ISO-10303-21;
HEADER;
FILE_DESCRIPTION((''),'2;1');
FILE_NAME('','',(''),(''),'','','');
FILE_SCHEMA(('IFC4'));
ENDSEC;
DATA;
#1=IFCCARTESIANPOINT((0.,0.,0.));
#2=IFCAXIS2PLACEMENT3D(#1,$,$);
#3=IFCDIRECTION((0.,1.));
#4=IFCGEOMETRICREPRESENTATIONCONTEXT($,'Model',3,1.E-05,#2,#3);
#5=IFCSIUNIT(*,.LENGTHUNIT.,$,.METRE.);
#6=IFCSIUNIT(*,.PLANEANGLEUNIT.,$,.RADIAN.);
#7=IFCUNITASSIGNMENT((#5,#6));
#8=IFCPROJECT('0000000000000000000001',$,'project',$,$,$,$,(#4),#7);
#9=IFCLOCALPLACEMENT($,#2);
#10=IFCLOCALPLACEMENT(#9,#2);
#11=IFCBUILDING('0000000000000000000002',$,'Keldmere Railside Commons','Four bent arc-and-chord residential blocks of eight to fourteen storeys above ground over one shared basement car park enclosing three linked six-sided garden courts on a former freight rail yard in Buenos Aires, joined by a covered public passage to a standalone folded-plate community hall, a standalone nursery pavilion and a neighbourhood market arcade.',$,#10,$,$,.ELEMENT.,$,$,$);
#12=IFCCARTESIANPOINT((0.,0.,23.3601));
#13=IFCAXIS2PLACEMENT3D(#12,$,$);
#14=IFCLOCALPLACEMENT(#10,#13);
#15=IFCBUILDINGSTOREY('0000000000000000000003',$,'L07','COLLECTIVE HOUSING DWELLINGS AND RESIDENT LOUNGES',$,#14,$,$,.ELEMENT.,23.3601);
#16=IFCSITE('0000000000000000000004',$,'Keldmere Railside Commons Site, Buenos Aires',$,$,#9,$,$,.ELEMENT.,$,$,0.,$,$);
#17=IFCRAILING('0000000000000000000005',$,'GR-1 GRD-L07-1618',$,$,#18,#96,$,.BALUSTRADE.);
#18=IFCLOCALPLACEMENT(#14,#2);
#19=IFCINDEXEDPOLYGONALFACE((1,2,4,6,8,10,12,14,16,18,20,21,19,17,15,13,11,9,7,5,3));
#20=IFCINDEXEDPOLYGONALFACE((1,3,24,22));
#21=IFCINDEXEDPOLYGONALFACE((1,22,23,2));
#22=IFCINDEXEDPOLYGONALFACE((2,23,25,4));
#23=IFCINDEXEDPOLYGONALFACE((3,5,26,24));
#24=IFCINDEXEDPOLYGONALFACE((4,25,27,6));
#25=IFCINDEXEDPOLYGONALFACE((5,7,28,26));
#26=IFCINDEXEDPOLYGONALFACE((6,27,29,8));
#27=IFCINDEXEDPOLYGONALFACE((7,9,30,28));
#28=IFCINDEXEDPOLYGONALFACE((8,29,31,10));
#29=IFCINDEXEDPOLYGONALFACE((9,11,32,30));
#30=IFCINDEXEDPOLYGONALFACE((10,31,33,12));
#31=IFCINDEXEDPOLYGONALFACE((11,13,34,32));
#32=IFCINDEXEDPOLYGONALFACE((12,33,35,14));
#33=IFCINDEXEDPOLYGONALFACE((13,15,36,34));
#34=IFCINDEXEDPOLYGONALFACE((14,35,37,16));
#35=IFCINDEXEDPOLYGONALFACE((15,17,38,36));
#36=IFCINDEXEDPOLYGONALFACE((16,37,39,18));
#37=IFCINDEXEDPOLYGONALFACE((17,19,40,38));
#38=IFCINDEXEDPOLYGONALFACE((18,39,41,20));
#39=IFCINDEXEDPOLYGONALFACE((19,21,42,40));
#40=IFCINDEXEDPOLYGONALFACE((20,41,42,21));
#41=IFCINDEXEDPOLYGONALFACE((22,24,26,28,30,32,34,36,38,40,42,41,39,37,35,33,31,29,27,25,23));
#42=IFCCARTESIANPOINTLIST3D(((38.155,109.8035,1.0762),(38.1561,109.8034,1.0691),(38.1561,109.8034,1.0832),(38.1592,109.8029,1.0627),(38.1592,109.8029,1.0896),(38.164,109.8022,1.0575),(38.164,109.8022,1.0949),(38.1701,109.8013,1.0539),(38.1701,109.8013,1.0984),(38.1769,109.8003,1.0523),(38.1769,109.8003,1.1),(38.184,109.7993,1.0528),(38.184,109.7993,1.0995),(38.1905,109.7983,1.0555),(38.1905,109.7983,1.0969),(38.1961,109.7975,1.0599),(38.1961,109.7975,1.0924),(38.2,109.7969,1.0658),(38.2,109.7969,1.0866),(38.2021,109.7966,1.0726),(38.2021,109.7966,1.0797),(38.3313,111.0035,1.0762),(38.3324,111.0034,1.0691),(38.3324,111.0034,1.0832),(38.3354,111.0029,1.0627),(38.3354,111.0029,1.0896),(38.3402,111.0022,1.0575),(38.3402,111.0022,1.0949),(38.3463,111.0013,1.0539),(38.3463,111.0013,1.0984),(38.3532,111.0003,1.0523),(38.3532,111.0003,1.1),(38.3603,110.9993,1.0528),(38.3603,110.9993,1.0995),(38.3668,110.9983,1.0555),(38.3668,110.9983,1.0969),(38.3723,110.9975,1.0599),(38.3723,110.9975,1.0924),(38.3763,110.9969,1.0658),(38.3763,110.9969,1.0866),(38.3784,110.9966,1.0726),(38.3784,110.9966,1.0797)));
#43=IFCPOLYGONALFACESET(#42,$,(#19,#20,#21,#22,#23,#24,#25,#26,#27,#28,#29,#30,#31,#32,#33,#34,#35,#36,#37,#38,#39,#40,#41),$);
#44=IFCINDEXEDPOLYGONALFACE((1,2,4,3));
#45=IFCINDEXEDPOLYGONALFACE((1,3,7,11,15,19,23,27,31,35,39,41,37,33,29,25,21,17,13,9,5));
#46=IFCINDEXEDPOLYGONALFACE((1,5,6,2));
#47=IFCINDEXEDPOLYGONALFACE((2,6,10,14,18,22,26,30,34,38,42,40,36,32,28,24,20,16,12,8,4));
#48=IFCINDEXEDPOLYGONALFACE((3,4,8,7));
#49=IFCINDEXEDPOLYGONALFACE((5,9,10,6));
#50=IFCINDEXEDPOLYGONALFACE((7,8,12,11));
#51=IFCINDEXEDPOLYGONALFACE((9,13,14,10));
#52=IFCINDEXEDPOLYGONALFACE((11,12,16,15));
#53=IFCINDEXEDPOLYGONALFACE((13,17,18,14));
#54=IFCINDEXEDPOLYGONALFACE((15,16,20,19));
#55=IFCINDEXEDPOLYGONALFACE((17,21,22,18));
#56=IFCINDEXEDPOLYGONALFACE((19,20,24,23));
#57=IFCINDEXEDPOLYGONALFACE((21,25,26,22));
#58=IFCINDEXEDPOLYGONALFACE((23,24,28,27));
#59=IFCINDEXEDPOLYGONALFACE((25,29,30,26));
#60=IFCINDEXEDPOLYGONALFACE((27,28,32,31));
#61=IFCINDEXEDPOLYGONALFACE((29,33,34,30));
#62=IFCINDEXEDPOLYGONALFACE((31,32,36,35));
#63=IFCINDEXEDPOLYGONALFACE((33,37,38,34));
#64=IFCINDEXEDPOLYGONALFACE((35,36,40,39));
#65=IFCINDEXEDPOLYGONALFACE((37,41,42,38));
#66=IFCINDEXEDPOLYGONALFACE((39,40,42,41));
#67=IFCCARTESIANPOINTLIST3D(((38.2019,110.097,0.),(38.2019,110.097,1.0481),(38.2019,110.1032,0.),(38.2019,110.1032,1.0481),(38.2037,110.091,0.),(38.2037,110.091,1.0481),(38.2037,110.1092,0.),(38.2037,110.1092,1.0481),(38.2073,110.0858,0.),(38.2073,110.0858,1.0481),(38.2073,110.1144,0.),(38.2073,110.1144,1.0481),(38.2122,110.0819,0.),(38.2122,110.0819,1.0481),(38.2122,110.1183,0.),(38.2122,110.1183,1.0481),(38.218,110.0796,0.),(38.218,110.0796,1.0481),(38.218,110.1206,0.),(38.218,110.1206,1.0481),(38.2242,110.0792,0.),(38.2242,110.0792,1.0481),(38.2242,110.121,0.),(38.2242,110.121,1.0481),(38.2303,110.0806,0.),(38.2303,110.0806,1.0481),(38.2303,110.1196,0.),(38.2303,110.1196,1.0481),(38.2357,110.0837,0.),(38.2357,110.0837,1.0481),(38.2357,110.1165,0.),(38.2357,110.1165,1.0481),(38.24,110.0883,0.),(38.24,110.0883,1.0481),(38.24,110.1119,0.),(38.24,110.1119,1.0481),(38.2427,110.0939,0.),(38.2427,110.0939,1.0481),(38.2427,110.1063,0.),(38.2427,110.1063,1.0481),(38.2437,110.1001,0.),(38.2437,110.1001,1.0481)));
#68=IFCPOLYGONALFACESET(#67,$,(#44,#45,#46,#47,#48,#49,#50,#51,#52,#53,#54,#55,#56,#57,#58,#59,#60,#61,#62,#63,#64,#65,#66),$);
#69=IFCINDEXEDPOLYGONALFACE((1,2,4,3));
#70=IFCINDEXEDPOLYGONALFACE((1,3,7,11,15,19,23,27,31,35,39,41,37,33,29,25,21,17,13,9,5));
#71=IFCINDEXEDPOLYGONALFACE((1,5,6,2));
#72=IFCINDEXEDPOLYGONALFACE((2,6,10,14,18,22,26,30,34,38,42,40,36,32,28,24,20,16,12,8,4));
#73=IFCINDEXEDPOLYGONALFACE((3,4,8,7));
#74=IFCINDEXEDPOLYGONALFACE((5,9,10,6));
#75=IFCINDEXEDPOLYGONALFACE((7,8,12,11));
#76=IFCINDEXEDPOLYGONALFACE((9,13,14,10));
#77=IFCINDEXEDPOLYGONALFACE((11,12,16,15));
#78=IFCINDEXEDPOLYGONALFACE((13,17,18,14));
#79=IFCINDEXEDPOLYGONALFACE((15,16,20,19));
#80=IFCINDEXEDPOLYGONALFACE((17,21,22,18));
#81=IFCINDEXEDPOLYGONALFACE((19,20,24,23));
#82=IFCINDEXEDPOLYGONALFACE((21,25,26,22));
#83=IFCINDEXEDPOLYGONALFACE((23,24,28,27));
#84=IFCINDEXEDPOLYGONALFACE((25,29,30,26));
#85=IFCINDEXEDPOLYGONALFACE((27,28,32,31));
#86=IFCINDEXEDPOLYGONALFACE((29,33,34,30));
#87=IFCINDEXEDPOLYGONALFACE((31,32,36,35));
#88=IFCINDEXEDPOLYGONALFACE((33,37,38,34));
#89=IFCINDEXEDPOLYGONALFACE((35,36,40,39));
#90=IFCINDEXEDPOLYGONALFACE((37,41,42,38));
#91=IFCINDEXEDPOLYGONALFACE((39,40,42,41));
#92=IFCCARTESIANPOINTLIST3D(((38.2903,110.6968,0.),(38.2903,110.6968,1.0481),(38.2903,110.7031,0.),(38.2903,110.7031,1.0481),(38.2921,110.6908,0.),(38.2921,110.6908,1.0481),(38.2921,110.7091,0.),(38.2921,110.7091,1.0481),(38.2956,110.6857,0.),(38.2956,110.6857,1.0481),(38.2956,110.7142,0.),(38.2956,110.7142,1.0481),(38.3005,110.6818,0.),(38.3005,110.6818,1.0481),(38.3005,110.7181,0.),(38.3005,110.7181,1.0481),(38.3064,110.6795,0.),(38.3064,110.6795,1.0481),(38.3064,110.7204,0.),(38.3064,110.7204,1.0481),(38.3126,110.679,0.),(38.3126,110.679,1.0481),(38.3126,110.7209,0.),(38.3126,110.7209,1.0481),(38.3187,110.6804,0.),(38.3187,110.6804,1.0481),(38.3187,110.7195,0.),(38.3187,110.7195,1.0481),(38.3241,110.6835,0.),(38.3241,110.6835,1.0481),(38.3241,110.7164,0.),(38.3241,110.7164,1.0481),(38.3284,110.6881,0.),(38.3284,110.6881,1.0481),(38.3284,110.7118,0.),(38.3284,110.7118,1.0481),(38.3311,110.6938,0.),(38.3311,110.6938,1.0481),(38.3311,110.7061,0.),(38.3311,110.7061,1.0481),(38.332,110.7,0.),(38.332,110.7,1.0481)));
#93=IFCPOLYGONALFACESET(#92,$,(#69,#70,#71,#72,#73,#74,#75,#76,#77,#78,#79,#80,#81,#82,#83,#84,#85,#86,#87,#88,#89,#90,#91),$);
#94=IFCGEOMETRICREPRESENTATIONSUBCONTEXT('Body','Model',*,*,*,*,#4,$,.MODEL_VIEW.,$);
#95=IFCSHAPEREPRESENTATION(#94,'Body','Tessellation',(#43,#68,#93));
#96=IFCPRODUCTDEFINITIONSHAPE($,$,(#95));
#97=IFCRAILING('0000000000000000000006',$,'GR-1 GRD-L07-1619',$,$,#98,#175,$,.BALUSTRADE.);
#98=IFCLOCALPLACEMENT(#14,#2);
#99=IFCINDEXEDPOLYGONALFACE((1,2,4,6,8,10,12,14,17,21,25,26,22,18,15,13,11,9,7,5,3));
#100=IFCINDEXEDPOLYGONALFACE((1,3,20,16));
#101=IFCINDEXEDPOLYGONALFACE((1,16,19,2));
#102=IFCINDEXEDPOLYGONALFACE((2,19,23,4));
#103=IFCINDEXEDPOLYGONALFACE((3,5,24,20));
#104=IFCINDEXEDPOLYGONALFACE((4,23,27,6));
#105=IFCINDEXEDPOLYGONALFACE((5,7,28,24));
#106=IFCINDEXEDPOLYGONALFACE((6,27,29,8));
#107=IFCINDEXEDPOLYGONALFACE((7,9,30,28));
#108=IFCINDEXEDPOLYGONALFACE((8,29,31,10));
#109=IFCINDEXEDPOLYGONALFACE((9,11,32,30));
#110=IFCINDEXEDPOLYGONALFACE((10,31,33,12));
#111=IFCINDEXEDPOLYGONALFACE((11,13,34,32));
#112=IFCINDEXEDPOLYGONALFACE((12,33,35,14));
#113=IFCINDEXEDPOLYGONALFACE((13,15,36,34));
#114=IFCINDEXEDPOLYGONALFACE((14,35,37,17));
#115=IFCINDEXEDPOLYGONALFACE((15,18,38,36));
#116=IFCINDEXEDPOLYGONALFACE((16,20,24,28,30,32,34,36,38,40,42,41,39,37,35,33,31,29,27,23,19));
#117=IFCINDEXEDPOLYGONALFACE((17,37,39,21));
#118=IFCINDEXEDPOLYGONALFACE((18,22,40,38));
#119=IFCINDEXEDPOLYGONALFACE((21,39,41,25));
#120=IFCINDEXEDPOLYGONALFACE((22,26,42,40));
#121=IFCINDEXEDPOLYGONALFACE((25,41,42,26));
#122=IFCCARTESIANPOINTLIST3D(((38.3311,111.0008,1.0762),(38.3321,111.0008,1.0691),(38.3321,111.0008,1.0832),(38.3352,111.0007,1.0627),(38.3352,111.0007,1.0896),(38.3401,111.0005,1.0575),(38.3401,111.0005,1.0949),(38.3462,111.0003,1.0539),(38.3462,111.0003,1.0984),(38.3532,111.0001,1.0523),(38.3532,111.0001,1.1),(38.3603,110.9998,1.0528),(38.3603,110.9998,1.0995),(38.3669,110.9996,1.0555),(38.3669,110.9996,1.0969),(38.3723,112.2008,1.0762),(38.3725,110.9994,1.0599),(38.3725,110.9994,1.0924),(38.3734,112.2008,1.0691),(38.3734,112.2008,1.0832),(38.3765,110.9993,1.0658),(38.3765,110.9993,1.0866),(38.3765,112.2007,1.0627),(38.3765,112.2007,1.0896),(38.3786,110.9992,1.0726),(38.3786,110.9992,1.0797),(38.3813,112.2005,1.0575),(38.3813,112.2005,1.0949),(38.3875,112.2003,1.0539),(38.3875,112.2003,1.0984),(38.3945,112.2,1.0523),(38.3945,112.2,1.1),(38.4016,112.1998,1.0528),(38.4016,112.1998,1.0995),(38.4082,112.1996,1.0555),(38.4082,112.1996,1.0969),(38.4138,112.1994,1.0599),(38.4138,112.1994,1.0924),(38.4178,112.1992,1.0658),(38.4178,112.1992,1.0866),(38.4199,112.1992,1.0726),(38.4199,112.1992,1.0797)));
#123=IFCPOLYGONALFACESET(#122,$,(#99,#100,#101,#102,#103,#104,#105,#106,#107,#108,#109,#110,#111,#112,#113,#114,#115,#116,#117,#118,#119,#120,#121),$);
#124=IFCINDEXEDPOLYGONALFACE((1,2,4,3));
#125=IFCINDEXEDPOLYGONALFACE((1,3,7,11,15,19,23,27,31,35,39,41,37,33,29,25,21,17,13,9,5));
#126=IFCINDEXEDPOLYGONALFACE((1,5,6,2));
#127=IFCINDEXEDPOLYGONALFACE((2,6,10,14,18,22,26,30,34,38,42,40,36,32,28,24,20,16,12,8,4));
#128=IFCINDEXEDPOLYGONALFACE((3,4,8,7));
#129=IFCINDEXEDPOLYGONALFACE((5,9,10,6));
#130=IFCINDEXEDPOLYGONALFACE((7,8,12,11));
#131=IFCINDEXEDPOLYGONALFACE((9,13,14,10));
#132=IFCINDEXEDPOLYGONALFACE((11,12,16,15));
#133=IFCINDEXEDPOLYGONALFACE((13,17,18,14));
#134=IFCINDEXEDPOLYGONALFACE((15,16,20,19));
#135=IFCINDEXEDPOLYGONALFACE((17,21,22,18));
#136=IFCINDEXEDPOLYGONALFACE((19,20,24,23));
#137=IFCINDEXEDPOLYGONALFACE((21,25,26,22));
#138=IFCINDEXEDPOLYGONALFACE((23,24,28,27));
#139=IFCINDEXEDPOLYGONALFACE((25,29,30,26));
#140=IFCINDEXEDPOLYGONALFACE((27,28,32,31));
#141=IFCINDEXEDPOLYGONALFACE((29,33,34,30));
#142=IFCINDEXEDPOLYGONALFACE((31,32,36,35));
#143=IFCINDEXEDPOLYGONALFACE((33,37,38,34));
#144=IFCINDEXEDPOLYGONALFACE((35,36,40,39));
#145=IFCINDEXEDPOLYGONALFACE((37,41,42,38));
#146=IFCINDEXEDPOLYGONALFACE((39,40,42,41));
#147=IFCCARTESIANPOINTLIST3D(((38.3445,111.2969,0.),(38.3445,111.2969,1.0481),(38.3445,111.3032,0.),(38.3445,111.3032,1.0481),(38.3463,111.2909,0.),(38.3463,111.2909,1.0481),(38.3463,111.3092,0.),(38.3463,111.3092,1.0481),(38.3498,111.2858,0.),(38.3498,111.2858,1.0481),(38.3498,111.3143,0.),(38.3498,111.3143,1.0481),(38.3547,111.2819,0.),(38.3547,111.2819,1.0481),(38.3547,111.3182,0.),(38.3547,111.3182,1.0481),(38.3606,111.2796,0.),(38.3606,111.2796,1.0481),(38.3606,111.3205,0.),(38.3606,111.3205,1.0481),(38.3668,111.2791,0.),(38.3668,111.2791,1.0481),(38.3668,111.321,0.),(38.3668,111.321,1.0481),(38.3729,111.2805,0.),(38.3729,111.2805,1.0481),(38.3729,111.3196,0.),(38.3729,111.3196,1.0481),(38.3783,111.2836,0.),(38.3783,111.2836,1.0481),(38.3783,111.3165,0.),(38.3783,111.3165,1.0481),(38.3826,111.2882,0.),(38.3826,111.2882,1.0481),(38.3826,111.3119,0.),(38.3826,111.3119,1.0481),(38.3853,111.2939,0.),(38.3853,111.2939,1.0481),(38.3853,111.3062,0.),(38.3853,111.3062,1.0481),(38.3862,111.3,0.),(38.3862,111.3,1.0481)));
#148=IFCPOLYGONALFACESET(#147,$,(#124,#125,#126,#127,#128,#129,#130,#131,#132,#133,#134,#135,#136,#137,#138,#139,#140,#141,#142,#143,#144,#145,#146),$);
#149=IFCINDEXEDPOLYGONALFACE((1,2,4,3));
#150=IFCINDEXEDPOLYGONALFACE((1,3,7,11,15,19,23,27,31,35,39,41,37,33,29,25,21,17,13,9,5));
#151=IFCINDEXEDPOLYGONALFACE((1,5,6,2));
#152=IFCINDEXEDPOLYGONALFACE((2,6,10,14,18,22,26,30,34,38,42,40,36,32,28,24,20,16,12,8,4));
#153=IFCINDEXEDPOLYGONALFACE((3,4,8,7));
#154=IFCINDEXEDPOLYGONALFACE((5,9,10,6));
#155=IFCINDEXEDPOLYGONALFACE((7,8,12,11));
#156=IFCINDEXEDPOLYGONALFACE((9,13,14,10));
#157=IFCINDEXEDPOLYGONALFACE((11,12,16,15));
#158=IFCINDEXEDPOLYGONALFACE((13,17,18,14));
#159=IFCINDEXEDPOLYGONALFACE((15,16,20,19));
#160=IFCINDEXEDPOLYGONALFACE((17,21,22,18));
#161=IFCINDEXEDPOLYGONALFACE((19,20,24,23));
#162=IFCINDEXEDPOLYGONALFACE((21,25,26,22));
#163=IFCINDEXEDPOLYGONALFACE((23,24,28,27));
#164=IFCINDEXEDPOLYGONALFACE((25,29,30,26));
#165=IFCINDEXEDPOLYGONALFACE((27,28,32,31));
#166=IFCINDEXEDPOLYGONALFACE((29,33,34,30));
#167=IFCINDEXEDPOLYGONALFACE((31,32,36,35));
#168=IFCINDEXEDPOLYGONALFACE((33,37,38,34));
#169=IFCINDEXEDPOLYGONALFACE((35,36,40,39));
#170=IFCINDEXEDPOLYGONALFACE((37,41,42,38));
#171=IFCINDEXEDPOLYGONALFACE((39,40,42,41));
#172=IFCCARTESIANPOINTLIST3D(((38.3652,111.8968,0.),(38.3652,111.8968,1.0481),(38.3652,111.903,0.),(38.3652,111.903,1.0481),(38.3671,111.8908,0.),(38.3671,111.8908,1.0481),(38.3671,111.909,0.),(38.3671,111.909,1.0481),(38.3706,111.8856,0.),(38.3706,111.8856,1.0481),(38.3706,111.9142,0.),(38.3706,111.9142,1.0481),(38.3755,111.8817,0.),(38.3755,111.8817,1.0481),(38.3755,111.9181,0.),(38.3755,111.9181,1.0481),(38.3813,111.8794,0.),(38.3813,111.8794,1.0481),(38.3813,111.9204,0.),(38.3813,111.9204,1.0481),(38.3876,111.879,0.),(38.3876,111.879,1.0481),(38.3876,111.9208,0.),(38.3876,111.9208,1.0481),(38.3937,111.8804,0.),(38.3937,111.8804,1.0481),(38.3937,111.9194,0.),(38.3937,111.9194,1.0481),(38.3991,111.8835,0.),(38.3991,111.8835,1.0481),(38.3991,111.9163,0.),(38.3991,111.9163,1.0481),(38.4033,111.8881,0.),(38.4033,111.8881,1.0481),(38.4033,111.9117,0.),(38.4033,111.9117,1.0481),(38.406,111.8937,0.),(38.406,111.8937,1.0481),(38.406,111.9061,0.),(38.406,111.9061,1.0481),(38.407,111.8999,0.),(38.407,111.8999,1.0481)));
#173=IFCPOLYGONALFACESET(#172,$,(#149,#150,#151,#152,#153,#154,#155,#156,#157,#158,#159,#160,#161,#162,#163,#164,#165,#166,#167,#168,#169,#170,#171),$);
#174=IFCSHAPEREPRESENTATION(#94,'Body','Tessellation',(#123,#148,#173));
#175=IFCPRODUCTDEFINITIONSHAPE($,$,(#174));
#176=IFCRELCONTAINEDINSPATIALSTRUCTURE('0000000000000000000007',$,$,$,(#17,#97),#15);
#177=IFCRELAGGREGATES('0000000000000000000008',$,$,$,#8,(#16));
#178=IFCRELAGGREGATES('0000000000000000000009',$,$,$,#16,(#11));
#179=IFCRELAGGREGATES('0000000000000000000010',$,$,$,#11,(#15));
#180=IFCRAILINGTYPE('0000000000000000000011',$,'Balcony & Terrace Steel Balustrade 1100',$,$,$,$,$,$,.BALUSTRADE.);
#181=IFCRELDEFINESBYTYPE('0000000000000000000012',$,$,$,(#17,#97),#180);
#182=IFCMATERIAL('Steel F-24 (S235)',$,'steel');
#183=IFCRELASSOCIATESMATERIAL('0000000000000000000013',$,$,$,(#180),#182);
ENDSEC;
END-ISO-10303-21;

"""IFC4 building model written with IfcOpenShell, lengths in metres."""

from ifc_helpers import new_model, si_unit, direction, frame, origin, origin_2d, place, context, subcontext, project, spatial, circle, extrude, material, type_object, element, save


model = new_model("IFC4")

# Units and contexts
model_context = context("Model", 3, precision=1e-05, world=origin(), true_north=direction((0.0, 1.0)))
body_context = subcontext(model_context, "Body", "Model", "MODEL_VIEW")
ifc_project = project(units=[si_unit("LENGTHUNIT", "METRE"), si_unit("PLANEANGLEUNIT", "RADIAN")], contexts=[model_context])

# Site, building, storey
site_placement = place(None, origin())
site = spatial("IfcSite", under=ifc_project, at=site_placement, Name="Keldmere Railside Commons Site, Buenos Aires", CompositionType="ELEMENT", RefElevation=0.0)
building_placement = place(site_placement, origin())
building = spatial("IfcBuilding", under=site, at=building_placement, Name="Keldmere Railside Commons", Description="Four bent arc-and-chord residential blocks of eight to fourteen storeys above ground over one shared basement car park enclosing three linked six-sided garden courts on a former freight rail yard in Buenos Aires, joined by a covered public passage to a standalone folded-plate community hall, a standalone nursery pavilion and a neighbourhood market arcade.", CompositionType="ELEMENT")
storey_placement = place(building_placement, frame((0.0, 0.0, 23.3601)))
storey = spatial("IfcBuildingStorey", under=building, at=storey_placement, Name="L07", Description="COLLECTIVE HOUSING DWELLINGS AND RESIDENT LOUNGES", CompositionType="ELEMENT", Elevation=23.3601)

# Railings
ifc_material_1 = material(Name="Steel F-24 (S235)", Category="steel")
railing_type = type_object("IfcRailingType", Name="Balcony & Terrace Steel Balustrade 1100", PredefinedType="BALUSTRADE", material=ifc_material_1)
railing_1_placement = place(storey_placement, frame((38.1787, 109.8, 0.0)))
element("IfcRailing", 1, at=railing_1_placement, inside=storey, type_object=railing_type, Name="GR-1 GRD-L07-1618", PredefinedType="BALUSTRADE", context=body_context, shape_type="SweptSolid", body=[
    extrude(circle(Radius=0.0239, at=origin_2d()), frame((0.0, 0.0, 1.0762), z_axis=(0.145338, 0.989382, 0.0), x_axis=(-0.989382, 0.145338, 0.0)), (0.0, 0.0, 1.0), 1.2129),
    extrude(circle(Radius=0.021, at=origin_2d()), frame((0.0439, 0.3, 0.0)), (0.0, 0.0, 1.0), 1.0481),
    extrude(circle(Radius=0.021, at=origin_2d()), frame((0.1323, 0.8999, 0.0)), (0.0, 0.0, 1.0), 1.0481),
])
railing_2_placement = place(storey_placement, frame((38.355, 111.0, 0.0)))
element("IfcRailing", 2, at=railing_2_placement, inside=storey, type_object=railing_type, Name="GR-1 GRD-L07-1619", PredefinedType="BALUSTRADE", context=body_context, shape_type="SweptSolid", body=[
    extrude(circle(Radius=0.0239, at=origin_2d()), frame((0.0, 0.0, 1.0762), z_axis=(0.034364, 0.999409, 0.0), x_axis=(-0.999409, 0.034364, 0.0)), (0.0, 0.0, 1.0), 1.2007),
    extrude(circle(Radius=0.021, at=origin_2d()), frame((0.0103, 0.3, 0.0)), (0.0, 0.0, 1.0), 1.0481),
    extrude(circle(Radius=0.021, at=origin_2d()), frame((0.031, 0.8999, 0.0)), (0.0, 0.0, 1.0), 1.0481),
])

save(model, "model.ifc")
